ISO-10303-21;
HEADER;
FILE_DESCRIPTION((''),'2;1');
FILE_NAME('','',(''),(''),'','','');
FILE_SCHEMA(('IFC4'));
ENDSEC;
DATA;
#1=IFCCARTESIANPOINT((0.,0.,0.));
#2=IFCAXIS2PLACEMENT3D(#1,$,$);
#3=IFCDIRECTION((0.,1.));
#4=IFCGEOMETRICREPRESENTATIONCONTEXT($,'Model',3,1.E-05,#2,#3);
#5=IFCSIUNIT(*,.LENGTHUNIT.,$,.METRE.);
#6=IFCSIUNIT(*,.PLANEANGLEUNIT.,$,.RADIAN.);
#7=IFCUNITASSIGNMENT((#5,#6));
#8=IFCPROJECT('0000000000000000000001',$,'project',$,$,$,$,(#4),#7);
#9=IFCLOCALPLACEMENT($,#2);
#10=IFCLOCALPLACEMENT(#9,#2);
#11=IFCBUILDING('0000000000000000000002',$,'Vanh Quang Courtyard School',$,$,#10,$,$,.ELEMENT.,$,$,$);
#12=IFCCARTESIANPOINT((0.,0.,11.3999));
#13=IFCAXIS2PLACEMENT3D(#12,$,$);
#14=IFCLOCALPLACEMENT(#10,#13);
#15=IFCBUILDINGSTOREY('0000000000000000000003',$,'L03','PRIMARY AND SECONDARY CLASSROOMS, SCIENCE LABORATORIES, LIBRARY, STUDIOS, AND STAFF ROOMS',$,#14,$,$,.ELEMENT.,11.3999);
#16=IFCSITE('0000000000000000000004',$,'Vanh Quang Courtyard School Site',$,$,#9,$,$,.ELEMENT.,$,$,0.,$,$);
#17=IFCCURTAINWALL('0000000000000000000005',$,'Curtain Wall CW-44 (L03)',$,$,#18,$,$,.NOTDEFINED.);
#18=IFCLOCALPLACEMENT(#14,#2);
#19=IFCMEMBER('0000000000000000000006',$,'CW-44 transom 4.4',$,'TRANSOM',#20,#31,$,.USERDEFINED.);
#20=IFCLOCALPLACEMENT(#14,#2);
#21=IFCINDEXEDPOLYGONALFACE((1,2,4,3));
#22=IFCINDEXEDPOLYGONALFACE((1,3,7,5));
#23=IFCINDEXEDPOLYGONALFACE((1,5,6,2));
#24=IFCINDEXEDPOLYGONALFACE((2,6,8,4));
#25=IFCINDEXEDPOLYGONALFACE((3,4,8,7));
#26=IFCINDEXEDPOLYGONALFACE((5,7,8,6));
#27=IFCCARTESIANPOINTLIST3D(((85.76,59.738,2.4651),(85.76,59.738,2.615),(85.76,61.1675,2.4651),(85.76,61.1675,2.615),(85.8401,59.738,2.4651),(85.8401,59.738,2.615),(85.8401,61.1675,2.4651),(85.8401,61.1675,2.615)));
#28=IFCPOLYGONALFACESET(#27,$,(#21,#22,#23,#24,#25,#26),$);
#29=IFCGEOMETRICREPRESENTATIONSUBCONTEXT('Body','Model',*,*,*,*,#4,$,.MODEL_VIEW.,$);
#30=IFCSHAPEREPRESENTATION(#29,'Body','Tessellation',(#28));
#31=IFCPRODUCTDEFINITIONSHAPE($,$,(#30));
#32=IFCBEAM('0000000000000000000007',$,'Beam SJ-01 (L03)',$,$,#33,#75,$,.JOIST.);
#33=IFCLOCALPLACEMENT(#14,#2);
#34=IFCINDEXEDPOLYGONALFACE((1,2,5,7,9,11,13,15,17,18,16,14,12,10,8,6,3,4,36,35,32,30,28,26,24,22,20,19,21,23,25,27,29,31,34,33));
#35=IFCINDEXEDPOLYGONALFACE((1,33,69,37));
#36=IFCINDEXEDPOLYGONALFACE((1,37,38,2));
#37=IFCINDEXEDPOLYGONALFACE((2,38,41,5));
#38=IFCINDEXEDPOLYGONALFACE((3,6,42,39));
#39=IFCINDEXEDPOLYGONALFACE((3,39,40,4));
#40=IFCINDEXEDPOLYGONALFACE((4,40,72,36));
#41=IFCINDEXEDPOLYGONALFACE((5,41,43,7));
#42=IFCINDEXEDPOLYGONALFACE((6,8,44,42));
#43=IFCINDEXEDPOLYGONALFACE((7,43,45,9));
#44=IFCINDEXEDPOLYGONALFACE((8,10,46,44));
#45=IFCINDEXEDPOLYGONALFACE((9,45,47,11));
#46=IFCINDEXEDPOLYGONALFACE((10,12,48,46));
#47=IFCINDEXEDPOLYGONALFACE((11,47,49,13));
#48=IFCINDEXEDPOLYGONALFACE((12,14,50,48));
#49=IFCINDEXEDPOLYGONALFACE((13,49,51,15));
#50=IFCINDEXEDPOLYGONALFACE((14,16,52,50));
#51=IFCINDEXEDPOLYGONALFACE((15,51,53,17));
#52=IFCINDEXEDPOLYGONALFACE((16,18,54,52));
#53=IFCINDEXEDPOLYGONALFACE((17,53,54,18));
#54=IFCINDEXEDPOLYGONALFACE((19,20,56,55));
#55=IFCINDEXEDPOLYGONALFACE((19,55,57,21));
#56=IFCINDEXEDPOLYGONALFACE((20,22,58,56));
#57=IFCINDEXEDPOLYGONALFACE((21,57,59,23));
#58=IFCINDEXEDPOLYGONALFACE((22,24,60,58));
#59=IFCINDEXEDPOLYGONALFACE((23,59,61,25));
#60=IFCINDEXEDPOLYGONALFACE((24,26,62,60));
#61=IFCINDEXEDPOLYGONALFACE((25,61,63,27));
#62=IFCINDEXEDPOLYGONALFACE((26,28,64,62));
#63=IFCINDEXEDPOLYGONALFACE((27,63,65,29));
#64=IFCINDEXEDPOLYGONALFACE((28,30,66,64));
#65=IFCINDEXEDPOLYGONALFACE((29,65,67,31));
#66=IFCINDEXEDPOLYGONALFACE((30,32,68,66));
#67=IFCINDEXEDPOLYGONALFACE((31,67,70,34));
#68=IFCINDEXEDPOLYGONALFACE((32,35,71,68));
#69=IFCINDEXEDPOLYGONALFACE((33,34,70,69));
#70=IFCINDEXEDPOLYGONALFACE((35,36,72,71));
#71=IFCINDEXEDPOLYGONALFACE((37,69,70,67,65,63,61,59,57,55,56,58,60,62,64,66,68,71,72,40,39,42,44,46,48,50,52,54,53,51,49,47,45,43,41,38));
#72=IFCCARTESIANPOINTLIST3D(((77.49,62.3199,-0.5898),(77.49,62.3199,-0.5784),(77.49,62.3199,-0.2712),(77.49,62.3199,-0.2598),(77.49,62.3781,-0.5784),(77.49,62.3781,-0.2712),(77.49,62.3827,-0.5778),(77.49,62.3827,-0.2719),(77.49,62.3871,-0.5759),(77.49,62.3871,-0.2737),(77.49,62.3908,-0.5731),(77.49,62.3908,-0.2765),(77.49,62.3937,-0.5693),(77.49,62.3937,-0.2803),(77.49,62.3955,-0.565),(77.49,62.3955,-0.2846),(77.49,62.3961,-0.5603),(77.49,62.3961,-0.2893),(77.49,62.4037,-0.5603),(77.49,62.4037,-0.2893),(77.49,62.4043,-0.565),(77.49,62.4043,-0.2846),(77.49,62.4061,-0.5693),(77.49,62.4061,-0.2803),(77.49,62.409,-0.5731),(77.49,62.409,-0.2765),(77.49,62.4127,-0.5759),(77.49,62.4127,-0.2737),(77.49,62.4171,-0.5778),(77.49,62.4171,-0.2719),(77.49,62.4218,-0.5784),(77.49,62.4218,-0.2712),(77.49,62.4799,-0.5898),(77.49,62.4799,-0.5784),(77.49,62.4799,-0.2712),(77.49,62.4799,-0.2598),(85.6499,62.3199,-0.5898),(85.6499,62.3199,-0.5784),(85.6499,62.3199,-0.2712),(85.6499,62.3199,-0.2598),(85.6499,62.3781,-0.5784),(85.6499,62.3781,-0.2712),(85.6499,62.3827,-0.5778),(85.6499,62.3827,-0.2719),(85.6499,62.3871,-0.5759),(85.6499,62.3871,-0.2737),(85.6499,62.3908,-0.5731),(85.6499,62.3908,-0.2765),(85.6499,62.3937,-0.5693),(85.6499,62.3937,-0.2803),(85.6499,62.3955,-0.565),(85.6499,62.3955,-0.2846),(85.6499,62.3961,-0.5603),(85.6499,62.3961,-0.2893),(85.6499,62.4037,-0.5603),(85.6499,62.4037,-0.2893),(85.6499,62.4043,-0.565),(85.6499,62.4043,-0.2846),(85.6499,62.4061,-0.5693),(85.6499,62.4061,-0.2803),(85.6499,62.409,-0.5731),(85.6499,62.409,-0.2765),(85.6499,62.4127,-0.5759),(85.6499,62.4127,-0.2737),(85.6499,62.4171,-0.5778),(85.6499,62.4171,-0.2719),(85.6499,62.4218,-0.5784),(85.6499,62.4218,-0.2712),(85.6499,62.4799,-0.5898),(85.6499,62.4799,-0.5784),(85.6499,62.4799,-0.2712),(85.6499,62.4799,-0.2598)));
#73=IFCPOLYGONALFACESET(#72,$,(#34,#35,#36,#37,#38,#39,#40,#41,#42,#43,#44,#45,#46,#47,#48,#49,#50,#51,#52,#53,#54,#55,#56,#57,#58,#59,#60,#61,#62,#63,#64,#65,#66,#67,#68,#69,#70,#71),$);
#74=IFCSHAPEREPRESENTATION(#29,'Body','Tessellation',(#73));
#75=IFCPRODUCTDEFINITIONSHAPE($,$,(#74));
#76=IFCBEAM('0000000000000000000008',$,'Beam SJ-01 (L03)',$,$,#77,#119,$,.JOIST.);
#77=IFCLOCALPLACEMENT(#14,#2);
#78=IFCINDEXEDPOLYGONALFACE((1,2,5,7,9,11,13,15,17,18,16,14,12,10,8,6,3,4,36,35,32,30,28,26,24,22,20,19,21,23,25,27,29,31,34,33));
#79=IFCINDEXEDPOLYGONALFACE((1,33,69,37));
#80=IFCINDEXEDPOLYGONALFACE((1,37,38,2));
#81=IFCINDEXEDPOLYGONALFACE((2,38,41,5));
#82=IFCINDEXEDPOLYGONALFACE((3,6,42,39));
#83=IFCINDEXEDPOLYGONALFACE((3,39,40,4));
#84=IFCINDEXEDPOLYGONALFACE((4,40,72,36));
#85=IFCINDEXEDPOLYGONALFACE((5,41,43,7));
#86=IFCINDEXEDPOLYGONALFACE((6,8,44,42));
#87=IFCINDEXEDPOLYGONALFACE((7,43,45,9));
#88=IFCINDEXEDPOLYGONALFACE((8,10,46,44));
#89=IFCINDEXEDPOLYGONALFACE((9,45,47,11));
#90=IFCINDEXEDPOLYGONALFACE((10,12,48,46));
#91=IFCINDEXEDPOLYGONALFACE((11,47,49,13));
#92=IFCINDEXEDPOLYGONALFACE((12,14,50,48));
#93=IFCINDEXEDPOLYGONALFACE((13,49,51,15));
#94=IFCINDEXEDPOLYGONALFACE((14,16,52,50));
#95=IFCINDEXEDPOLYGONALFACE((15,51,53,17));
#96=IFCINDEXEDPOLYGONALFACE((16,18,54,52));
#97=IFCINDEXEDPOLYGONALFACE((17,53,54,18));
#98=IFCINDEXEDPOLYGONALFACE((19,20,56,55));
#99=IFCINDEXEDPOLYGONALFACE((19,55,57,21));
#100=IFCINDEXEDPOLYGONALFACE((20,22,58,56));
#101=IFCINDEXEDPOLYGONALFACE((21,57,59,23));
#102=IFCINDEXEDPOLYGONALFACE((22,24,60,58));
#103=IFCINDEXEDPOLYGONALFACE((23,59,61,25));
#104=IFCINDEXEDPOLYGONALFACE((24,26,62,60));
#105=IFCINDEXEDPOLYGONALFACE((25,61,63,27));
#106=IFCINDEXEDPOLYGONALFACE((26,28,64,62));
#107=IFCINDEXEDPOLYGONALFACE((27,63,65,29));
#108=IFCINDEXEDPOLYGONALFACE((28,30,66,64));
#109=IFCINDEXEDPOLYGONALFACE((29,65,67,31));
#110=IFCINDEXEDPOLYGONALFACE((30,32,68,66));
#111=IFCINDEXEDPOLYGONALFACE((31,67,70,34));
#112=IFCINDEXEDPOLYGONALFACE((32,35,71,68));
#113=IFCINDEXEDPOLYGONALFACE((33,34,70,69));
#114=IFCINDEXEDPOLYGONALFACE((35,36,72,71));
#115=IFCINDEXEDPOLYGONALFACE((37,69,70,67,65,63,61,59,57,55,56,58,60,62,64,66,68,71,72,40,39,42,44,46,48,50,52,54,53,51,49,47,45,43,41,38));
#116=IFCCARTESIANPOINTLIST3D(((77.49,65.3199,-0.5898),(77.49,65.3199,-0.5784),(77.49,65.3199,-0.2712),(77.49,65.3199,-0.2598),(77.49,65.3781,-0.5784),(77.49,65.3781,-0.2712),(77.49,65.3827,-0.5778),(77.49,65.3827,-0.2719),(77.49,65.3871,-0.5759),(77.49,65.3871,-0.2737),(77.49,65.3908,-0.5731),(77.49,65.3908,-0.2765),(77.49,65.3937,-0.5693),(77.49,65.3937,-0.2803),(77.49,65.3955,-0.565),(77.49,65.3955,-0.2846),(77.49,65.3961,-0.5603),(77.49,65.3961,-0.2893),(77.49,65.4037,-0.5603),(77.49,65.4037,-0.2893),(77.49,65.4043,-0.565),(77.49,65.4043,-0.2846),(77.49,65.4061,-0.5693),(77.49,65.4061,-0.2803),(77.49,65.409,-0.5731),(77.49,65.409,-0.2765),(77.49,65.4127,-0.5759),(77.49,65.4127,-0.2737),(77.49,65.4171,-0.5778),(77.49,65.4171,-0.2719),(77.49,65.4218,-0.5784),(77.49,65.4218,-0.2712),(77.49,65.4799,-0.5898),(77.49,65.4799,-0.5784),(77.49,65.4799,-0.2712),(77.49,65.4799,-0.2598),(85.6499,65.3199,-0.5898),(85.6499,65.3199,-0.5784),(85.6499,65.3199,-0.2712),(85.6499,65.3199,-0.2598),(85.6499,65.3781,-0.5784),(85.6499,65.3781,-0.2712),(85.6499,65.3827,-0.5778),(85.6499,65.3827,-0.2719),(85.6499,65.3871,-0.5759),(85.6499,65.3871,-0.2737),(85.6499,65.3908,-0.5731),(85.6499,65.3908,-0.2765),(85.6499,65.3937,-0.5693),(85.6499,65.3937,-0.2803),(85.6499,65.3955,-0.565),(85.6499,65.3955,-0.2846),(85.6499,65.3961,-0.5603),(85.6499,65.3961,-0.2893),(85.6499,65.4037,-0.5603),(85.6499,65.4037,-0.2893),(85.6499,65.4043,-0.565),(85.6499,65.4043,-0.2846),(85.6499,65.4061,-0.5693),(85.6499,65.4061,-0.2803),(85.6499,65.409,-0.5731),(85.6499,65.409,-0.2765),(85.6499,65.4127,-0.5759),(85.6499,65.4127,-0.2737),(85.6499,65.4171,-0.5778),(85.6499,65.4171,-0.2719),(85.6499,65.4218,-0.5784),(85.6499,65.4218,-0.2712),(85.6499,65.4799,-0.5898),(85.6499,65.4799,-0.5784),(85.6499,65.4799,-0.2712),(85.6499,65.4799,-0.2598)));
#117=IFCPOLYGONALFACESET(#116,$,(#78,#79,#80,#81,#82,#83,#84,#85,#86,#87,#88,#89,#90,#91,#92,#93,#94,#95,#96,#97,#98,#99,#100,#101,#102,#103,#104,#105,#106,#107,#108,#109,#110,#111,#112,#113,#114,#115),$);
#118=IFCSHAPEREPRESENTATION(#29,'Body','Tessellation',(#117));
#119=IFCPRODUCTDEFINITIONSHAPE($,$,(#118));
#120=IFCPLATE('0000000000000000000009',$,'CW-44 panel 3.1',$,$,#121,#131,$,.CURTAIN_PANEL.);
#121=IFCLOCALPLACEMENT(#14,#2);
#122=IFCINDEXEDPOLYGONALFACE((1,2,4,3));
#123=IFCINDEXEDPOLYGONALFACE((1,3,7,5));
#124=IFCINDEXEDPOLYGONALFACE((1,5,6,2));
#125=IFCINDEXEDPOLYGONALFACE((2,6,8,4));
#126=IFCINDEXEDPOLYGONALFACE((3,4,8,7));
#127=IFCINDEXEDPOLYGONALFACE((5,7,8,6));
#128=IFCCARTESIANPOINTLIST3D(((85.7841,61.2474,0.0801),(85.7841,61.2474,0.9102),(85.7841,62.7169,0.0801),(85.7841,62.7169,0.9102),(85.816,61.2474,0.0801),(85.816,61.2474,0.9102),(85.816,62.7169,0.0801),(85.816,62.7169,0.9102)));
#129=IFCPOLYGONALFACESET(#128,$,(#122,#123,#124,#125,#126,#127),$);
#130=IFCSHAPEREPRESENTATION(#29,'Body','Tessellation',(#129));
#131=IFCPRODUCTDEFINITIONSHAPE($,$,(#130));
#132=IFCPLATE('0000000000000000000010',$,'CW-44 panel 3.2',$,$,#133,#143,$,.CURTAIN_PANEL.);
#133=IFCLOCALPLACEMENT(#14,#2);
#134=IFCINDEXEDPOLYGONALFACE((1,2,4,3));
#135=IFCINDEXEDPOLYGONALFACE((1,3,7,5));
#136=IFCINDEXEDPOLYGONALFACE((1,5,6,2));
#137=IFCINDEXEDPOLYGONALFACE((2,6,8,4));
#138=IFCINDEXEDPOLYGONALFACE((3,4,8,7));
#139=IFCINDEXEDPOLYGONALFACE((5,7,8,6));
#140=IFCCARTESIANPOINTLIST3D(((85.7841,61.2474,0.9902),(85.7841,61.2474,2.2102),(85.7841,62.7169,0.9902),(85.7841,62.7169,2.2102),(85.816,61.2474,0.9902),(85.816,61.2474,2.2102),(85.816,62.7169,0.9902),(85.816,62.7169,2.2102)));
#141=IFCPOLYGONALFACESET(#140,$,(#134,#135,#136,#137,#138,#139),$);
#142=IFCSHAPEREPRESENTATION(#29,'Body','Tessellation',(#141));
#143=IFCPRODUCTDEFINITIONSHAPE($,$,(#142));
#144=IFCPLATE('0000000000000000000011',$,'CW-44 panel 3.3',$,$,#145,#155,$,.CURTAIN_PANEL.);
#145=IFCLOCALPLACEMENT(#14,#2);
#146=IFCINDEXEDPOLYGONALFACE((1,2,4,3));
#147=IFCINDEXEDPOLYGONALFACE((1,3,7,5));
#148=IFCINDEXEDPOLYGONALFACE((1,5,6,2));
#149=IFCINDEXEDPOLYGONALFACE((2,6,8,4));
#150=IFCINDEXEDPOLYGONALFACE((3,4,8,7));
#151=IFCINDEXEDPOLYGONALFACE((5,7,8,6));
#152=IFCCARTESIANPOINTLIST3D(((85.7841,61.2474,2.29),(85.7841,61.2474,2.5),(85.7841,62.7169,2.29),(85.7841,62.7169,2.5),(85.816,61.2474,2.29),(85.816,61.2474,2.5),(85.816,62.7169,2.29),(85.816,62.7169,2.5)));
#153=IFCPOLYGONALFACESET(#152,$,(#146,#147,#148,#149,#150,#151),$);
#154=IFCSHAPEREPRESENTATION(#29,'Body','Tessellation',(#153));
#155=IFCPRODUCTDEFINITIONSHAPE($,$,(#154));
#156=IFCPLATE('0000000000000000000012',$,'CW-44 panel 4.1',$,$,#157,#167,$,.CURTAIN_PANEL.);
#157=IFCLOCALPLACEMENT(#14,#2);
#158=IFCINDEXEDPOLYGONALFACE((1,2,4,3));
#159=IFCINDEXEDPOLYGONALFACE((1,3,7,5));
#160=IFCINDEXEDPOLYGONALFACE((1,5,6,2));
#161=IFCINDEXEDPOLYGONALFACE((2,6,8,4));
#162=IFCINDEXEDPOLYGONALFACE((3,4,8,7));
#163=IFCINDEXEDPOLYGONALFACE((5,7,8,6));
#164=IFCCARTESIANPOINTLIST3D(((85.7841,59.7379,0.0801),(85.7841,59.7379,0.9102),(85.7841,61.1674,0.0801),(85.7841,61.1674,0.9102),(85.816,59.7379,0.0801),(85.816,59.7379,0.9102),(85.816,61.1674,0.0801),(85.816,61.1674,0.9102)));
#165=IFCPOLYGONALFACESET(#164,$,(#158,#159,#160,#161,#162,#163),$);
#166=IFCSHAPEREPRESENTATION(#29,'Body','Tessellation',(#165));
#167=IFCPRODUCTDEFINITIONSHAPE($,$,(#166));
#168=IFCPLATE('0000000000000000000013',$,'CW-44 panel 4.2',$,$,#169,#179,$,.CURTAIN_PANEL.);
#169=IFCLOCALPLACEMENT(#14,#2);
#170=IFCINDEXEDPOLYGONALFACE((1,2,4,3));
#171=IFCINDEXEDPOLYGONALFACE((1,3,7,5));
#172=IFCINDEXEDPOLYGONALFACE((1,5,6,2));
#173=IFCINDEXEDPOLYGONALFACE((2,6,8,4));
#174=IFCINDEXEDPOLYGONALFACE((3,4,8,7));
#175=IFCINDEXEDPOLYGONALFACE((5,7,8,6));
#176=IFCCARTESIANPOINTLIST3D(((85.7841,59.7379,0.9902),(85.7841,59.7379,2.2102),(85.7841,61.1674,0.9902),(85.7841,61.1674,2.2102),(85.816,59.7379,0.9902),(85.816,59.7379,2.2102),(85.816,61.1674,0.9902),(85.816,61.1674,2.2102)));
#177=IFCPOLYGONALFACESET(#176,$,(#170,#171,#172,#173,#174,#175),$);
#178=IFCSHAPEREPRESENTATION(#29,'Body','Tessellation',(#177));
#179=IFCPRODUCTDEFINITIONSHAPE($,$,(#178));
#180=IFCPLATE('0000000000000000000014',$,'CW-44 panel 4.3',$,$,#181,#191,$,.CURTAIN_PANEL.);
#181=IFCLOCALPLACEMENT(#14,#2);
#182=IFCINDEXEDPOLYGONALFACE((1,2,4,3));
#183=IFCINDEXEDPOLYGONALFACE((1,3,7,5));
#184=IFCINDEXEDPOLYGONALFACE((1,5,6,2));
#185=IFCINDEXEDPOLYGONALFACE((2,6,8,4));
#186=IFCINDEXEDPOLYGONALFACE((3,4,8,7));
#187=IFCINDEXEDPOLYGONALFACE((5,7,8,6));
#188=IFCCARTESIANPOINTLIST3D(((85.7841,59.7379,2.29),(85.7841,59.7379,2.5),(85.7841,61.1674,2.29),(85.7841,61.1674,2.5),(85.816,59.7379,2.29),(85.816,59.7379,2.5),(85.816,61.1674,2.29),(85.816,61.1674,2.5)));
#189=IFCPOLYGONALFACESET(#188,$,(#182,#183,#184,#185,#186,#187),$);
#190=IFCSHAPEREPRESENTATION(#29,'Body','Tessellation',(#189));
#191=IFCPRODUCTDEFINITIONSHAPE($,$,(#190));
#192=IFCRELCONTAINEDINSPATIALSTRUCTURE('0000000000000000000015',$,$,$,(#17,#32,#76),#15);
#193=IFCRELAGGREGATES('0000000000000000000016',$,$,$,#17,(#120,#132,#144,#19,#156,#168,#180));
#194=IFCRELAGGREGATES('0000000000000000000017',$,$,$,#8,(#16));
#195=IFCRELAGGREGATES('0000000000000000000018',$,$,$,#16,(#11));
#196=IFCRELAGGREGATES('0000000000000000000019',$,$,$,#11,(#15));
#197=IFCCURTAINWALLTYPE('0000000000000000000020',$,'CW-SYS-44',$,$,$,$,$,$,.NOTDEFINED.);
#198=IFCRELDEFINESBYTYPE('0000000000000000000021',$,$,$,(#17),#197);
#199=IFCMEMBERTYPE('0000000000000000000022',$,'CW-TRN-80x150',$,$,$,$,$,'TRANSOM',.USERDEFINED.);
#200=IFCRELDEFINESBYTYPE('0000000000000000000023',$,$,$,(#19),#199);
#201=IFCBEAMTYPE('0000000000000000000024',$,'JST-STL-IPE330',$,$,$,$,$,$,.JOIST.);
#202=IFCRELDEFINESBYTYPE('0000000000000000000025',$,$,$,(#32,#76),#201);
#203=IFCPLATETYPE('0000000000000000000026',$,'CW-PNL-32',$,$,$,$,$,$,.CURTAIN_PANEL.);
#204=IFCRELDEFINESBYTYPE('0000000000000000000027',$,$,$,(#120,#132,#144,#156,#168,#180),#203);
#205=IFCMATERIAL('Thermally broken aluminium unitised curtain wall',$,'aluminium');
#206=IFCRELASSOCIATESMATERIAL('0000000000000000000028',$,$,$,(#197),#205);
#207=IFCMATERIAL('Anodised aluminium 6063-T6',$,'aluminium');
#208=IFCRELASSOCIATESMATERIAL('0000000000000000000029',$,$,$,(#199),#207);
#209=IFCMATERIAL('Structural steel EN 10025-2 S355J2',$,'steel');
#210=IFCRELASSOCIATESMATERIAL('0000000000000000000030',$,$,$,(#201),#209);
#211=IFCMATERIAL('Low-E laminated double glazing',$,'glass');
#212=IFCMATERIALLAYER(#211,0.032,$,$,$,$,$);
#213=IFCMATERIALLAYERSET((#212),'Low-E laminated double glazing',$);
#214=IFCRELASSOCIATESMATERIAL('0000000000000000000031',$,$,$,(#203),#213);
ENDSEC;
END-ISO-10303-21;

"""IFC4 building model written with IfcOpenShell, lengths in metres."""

from ifc_helpers import new_model, si_unit, direction, frame, origin, origin_2d, place, context, subcontext, project, spatial, rectangle, i_section, extrude, material, layer, layer_set, material_profile, profile_set, type_object, element, aggregate, save


model = new_model("IFC4")

# Units and contexts
model_context = context("Model", 3, precision=1e-05, world=origin(), true_north=direction((0.0, 1.0)))
body_context = subcontext(model_context, "Body", "Model", "MODEL_VIEW")
ifc_project = project(units=[si_unit("LENGTHUNIT", "METRE"), si_unit("PLANEANGLEUNIT", "RADIAN")], contexts=[model_context])

# Site, building, storey
site_placement = place(None, origin())
site = spatial("IfcSite", under=ifc_project, at=site_placement, Name="Vanh Quang Courtyard School Site", CompositionType="ELEMENT", RefElevation=0.0)
building_placement = place(site_placement, origin())
building = spatial("IfcBuilding", under=site, at=building_placement, Name="Vanh Quang Courtyard School", CompositionType="ELEMENT")
storey_placement = place(building_placement, frame((0.0, 0.0, 11.3999)))
storey = spatial("IfcBuildingStorey", under=building, at=storey_placement, Name="L03", Description="PRIMARY AND SECONDARY CLASSROOMS, SCIENCE LABORATORIES, LIBRARY, STUDIOS, AND STAFF ROOMS", CompositionType="ELEMENT", Elevation=11.3999)

# Shared definitions
ifc_material_1 = material(Name="Structural steel EN 10025-2 S355J2", Category="steel")

# Curtain wall, member
ifc_material_2 = material(Name="Thermally broken aluminium unitised curtain wall", Category="aluminium")
curtain_wall_type = type_object("IfcCurtainWallType", Name="CW-SYS-44", PredefinedType="NOTDEFINED", material=ifc_material_2)
curtain_wall_placement = place(storey_placement, origin())
curtain_wall = element("IfcCurtainWall", 1, at=curtain_wall_placement, inside=storey, type_object=curtain_wall_type, Name="Curtain Wall CW-44 (L03)", PredefinedType="NOTDEFINED")
ifc_material_3 = material(Name="Anodised aluminium 6063-T6", Category="aluminium")
ifc_material_profile_1 = material_profile(ifc_material_3, rectangle(XDim=0.0801, YDim=0.1499, at=origin_2d()), Name="ALU-TRN 80x150")
ifc_profile_set_1 = profile_set([ifc_material_profile_1], Name="Anodised aluminium 6063-T6")
member_type_1 = type_object("IfcMemberType", Name="CW-TRN-80x150", ElementType="TRANSOM", PredefinedType="USERDEFINED", material=ifc_profile_set_1)
member_1_placement = place(storey_placement, frame((85.8, 61.1675, 2.54), z_axis=(0.0, -1.0, 0.0), x_axis=(1.0, 0.0, 0.0)))
member_1 = element("IfcMember", 2, at=member_1_placement, type_object=member_type_1, Name="CW-44 transom 4.4", ObjectType="TRANSOM", PredefinedType="USERDEFINED", context=body_context, shape_type="SweptSolid", body=[
    extrude(rectangle(XDim=0.0801, YDim=0.1499, at=origin_2d()), origin(), (0.0, 0.0, 1.0), 1.4294),
])

# Beams
ifc_material_profile_2 = material_profile(ifc_material_1, i_section(OverallWidth=0.1599, OverallDepth=0.3301, WebThickness=0.0076, FlangeThickness=0.0115, FilletRadius=0.0181, at=origin_2d()), Name="IPE 330")
ifc_profile_set_2 = profile_set([ifc_material_profile_2], Name="Structural steel EN 10025-2 S355J2")
beam_type_1 = type_object("IfcBeamType", Name="JST-STL-IPE330", PredefinedType="JOIST", material=ifc_profile_set_2)
for number, where, z_axis, x_axis, name in (
    (3, (77.49, 62.3999, -0.4248), (1.0, 0.0, 0.0), (0.0, 1.0, 0.0), "Beam SJ-01 (L03)"),
    (4, (77.49, 65.3999, -0.4248), (1.0, 0.0, 0.0), (0.0, 1.0, 0.0), "Beam SJ-01 (L03)"),
):
    element("IfcBeam", number, at=place(storey_placement, frame(where, z_axis=z_axis, x_axis=x_axis)), inside=storey, type_object=beam_type_1, Name=name, PredefinedType="JOIST", context=body_context, shape_type="SweptSolid", body=[
        extrude(i_section(OverallWidth=0.1599, OverallDepth=0.3301, WebThickness=0.0076, FlangeThickness=0.0115, FilletRadius=0.0181, at=origin_2d()), origin(), (0.0, 0.0, 1.0), 8.1599),
    ])

# Plates
ifc_material_4 = material(Name="Low-E laminated double glazing", Category="glass")
ifc_layer_1 = layer(ifc_material_4, 0.032)
ifc_layer_set_1 = layer_set([ifc_layer_1], Name="Low-E laminated double glazing")
plate_type = type_object("IfcPlateType", Name="CW-PNL-32", PredefinedType="CURTAIN_PANEL", material=ifc_layer_set_1)
plate_1_placement = place(storey_placement, frame((85.8, 61.9822, 0.0801), z_axis=(0.0, 0.0, 1.0), x_axis=(0.0, -1.0, 0.0)))
plate_1 = element("IfcPlate", 5, at=plate_1_placement, type_object=plate_type, Name="CW-44 panel 3.1", PredefinedType="CURTAIN_PANEL", context=body_context, shape_type="SweptSolid", body=[
    extrude(rectangle(XDim=1.4695, YDim=0.032, at=origin_2d()), origin(), (0.0, 0.0, 1.0), 0.8301),
])
plate_2_placement = place(storey_placement, frame((85.8, 61.9822, 0.9902), z_axis=(0.0, 0.0, 1.0), x_axis=(0.0, -1.0, 0.0)))
plate_2 = element("IfcPlate", 6, at=plate_2_placement, type_object=plate_type, Name="CW-44 panel 3.2", PredefinedType="CURTAIN_PANEL", context=body_context, shape_type="SweptSolid", body=[
    extrude(rectangle(XDim=1.4695, YDim=0.032, at=origin_2d()), origin(), (0.0, 0.0, 1.0), 1.22),
])
plate_3_placement = place(storey_placement, frame((85.8, 61.9822, 2.29), z_axis=(0.0, 0.0, 1.0), x_axis=(0.0, -1.0, 0.0)))
plate_3 = element("IfcPlate", 7, at=plate_3_placement, type_object=plate_type, Name="CW-44 panel 3.3", PredefinedType="CURTAIN_PANEL", context=body_context, shape_type="SweptSolid", body=[
    extrude(rectangle(XDim=1.4695, YDim=0.032, at=origin_2d()), origin(), (0.0, 0.0, 1.0), 0.21),
])
plate_4_placement = place(storey_placement, frame((85.8, 60.4526, 0.0801), z_axis=(0.0, 0.0, 1.0), x_axis=(0.0, -1.0, 0.0)))
plate_4 = element("IfcPlate", 8, at=plate_4_placement, type_object=plate_type, Name="CW-44 panel 4.1", PredefinedType="CURTAIN_PANEL", context=body_context, shape_type="SweptSolid", body=[
    extrude(rectangle(XDim=1.4294, YDim=0.032, at=origin_2d()), origin(), (0.0, 0.0, 1.0), 0.8301),
])
plate_5_placement = place(storey_placement, frame((85.8, 60.4526, 0.9902), z_axis=(0.0, 0.0, 1.0), x_axis=(0.0, -1.0, 0.0)))
plate_5 = element("IfcPlate", 9, at=plate_5_placement, type_object=plate_type, Name="CW-44 panel 4.2", PredefinedType="CURTAIN_PANEL", context=body_context, shape_type="SweptSolid", body=[
    extrude(rectangle(XDim=1.4294, YDim=0.032, at=origin_2d()), origin(), (0.0, 0.0, 1.0), 1.22),
])
plate_6_placement = place(storey_placement, frame((85.8, 60.4526, 2.29), z_axis=(0.0, 0.0, 1.0), x_axis=(0.0, -1.0, 0.0)))
plate_6 = element("IfcPlate", 10, at=plate_6_placement, type_object=plate_type, Name="CW-44 panel 4.3", PredefinedType="CURTAIN_PANEL", context=body_context, shape_type="SweptSolid", body=[
    extrude(rectangle(XDim=1.4294, YDim=0.032, at=origin_2d()), origin(), (0.0, 0.0, 1.0), 0.21),
])
aggregate(curtain_wall, [plate_1, plate_2, plate_3, member_1, plate_4, plate_5, plate_6])

save(model, "model.ifc")
